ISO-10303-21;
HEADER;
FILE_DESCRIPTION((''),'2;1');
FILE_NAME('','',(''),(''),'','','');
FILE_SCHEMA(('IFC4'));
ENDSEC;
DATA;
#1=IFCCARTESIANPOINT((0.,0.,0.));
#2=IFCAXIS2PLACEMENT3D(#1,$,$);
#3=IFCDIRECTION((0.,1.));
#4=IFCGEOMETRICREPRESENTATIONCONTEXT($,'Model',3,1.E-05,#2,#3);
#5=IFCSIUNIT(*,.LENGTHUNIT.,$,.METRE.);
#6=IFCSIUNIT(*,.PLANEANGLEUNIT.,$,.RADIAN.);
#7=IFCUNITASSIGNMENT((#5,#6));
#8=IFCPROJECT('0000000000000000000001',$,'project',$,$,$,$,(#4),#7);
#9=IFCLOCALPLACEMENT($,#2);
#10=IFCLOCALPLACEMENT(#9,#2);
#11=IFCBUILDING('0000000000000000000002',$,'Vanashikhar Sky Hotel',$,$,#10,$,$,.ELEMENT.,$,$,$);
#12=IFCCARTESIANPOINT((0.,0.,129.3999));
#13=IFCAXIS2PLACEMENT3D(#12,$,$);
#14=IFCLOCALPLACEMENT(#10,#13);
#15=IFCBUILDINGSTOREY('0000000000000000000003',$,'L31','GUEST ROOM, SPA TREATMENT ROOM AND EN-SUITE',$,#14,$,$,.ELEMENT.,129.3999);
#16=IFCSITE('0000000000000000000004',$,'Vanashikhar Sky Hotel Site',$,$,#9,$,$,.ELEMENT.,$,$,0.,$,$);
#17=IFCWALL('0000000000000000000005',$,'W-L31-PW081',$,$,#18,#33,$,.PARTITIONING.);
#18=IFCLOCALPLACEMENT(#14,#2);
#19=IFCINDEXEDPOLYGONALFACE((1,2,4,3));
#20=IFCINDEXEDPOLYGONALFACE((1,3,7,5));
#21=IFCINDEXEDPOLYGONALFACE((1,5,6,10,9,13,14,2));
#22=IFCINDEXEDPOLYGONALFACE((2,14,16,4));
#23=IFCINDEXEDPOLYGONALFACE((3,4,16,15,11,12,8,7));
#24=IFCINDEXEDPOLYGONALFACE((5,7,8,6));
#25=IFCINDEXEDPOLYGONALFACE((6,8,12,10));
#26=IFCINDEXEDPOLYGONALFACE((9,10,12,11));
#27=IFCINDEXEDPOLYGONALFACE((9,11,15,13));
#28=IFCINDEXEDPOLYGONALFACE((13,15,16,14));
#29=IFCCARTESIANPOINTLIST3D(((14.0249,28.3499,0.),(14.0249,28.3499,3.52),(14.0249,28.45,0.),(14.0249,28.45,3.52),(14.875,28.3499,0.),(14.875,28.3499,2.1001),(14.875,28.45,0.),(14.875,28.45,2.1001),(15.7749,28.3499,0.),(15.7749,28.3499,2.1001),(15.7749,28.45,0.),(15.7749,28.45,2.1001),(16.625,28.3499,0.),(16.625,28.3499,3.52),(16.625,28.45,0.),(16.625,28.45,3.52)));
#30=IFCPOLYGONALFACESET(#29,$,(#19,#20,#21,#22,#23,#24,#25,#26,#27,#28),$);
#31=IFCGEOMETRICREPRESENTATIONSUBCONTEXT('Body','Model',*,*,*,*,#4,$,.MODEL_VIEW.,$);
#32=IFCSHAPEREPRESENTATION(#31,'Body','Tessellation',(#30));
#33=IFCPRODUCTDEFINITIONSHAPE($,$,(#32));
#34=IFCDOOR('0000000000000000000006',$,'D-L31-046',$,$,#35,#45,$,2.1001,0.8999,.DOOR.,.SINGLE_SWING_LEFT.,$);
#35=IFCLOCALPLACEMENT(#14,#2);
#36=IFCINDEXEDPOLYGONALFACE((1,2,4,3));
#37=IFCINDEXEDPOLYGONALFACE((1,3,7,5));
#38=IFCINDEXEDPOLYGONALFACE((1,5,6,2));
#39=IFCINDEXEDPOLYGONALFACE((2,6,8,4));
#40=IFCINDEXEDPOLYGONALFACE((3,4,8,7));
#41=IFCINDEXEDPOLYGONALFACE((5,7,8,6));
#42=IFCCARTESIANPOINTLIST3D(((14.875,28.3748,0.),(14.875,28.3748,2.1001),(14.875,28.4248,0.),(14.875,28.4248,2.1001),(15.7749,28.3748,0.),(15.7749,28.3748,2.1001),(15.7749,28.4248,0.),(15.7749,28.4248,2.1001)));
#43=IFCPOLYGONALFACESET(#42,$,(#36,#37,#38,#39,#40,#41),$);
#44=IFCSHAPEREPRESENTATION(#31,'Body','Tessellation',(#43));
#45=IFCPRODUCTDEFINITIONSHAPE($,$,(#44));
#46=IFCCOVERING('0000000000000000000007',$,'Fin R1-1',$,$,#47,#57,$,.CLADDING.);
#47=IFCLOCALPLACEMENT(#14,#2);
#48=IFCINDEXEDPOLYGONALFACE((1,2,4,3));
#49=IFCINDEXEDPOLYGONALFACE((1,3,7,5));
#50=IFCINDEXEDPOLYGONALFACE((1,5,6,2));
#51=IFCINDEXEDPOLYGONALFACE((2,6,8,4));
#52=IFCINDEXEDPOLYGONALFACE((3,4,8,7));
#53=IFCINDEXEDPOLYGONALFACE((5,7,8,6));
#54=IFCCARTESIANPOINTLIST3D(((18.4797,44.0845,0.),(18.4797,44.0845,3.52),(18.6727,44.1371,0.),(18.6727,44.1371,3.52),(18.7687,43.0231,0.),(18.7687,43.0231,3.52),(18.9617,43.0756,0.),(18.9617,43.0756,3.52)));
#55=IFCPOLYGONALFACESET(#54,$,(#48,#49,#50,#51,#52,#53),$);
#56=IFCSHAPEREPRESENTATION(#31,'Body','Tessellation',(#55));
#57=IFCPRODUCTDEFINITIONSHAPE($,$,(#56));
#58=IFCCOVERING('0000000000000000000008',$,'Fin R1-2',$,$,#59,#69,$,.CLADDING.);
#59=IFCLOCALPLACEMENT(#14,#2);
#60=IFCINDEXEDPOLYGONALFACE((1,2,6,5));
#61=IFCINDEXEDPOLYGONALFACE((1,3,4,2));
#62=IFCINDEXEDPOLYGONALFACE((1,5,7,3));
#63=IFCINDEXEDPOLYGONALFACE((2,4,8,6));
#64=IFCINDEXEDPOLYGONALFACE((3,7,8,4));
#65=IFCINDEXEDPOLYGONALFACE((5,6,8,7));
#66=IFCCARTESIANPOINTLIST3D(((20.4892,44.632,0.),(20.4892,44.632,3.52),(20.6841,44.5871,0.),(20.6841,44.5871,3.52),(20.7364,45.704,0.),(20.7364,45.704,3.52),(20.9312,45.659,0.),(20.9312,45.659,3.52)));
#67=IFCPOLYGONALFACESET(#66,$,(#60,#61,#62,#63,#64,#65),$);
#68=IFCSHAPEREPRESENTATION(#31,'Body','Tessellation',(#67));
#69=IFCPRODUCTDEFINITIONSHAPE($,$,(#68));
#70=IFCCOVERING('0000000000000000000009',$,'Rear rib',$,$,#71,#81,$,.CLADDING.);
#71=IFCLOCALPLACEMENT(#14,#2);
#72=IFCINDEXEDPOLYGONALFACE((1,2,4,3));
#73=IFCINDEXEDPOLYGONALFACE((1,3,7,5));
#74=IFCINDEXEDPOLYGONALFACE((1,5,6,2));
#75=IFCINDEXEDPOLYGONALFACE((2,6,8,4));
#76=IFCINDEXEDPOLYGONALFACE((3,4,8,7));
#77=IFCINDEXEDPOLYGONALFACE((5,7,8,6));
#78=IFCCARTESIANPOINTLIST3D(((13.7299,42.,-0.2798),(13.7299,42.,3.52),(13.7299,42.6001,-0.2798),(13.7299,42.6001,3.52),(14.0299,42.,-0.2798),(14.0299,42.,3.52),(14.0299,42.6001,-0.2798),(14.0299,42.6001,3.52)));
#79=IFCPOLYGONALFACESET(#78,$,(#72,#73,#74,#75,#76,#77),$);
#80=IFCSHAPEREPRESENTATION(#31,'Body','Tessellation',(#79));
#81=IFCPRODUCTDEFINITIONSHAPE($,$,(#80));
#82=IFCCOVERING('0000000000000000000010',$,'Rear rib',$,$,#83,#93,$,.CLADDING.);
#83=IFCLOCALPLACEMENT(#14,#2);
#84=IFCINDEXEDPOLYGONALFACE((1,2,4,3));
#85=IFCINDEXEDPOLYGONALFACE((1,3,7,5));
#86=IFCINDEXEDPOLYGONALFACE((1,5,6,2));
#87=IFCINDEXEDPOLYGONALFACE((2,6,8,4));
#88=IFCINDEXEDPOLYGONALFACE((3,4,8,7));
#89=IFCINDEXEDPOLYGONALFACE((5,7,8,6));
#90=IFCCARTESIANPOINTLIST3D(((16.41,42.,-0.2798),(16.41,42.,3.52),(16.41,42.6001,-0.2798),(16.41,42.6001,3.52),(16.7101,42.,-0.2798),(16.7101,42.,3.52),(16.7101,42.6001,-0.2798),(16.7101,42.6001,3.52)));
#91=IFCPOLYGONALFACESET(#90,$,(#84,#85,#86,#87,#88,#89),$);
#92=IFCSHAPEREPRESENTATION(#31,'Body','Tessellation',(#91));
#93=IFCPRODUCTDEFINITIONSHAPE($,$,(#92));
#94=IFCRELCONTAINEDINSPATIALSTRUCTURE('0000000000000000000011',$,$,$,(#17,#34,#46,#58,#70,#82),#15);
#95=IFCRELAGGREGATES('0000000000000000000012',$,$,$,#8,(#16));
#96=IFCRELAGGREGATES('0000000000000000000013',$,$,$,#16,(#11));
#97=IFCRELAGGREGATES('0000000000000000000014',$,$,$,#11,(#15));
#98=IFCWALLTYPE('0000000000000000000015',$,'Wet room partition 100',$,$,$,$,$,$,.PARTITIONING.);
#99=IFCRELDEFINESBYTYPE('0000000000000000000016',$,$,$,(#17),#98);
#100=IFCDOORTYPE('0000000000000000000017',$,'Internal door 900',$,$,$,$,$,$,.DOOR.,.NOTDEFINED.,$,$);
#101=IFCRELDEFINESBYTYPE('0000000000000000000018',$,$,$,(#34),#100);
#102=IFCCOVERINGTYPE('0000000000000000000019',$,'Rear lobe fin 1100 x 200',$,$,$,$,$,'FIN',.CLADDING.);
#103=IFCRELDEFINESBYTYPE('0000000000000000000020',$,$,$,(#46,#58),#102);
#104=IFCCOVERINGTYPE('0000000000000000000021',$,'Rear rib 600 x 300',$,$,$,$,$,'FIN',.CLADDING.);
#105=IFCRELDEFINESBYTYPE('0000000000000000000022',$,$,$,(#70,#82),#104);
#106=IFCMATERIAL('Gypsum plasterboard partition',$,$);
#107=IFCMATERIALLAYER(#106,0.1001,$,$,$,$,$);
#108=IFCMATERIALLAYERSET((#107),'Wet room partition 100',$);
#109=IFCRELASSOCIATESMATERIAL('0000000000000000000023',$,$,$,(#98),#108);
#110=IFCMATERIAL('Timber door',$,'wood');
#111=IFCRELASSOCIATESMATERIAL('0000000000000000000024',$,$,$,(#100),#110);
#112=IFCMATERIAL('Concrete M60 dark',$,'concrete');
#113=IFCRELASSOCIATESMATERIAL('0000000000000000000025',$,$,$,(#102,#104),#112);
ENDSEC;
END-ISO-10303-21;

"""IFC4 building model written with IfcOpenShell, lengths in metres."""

from ifc_helpers import new_model, si_unit, direction, frame, frame_2d, origin, origin_2d, place, context, subcontext, project, spatial, rectangle, extrude, source, transform, mapped, material, layer, layer_set, material_profile, profile_set, type_object, element, fill, save


model = new_model("IFC4")

# Units and contexts
model_context = context("Model", 3, precision=1e-05, world=origin(), true_north=direction((0.0, 1.0)))
body_context = subcontext(model_context, "Body", "Model", "MODEL_VIEW")
ifc_project = project(units=[si_unit("LENGTHUNIT", "METRE"), si_unit("PLANEANGLEUNIT", "RADIAN")], contexts=[model_context])

# Site, building, storey
site_placement = place(None, origin())
site = spatial("IfcSite", under=ifc_project, at=site_placement, Name="Vanashikhar Sky Hotel Site", CompositionType="ELEMENT", RefElevation=0.0)
building_placement = place(site_placement, origin())
building = spatial("IfcBuilding", under=site, at=building_placement, Name="Vanashikhar Sky Hotel", CompositionType="ELEMENT")
storey_placement = place(building_placement, frame((0.0, 0.0, 129.3999)))
storey = spatial("IfcBuildingStorey", under=building, at=storey_placement, Name="L31", Description="GUEST ROOM, SPA TREATMENT ROOM AND EN-SUITE", CompositionType="ELEMENT", Elevation=129.3999)

# Wall, opening, door
ifc_material_1 = material(Name="Gypsum plasterboard partition")
ifc_layer_1 = layer(ifc_material_1, 0.1001)
ifc_layer_set_1 = layer_set([ifc_layer_1], Name="Wet room partition 100")
wall_type_1 = type_object("IfcWallType", Name="Wet room partition 100", PredefinedType="PARTITIONING", material=ifc_layer_set_1)
shared_shape_1 = source(origin(), body_context, "Body", "SweptSolid", [
    extrude(rectangle(XDim=2.6001, YDim=0.1001, at=frame_2d((1.3, 0.0))), origin(), (0.0, 0.0, 1.0), 3.52),
])
wall_1_placement = place(storey_placement, frame((14.0249, 28.3999, 0.0), z_axis=(0.0, 0.0, 1.0), x_axis=(1.0, 0.0, 0.0)))
wall_1 = element("IfcWall", 1, at=wall_1_placement, inside=storey, type_object=wall_type_1, Name="W-L31-PW081", PredefinedType="PARTITIONING", context=body_context, shape_type="MappedRepresentation", body=[
    mapped(shared_shape_1, transform((0.0, 0.0, 0.0), scale=1.0)),
])
shared_shape_2 = source(origin(), body_context, "Body", "SweptSolid", [
    extrude(rectangle(XDim=0.8999, YDim=2.1001, at=frame_2d((0.45, 1.05))), frame((0.0, 0.0601, 0.0), z_axis=(0.0, -1.0, 0.0), x_axis=(1.0, 0.0, 0.0)), (0.0, 0.0, 1.0), 0.1201),
])
opening_1_placement = place(wall_1_placement, frame((0.8501, 0.0, 0.0)))
opening_1 = element("IfcOpeningElement", 2, at=opening_1_placement, cuts=wall_1, PredefinedType="OPENING", context=body_context, shape_type="MappedRepresentation", body=[
    mapped(shared_shape_2, transform((0.0, 0.0, 0.0), scale=1.0)),
])
ifc_material_2 = material(Name="Timber door", Category="wood")
door_type_1 = type_object("IfcDoorType", Name="Internal door 900", OperationType="NOTDEFINED", PredefinedType="DOOR", material=ifc_material_2)
shared_shape_3 = source(origin(), body_context, "Body", "SweptSolid", [
    extrude(rectangle(XDim=0.8999, YDim=2.1001, at=frame_2d((0.45, 1.05))), frame((0.0, 0.0249, 0.0), z_axis=(0.0, -1.0, 0.0), x_axis=(1.0, 0.0, 0.0)), (0.0, 0.0, 1.0), 0.05),
])
door_1_placement = place(opening_1_placement, origin())
door_1 = element("IfcDoor", 3, at=door_1_placement, inside=storey, type_object=door_type_1, Name="D-L31-046", OperationType="SINGLE_SWING_LEFT", OverallHeight=2.1001, OverallWidth=0.8999, PredefinedType="DOOR", context=body_context, shape_type="MappedRepresentation", body=[
    mapped(shared_shape_3, transform((0.0, 0.0, 0.0), scale=1.0)),
])
fill(opening_1, door_1)

# Coverings
ifc_material_3 = material(Name="Concrete M60 dark", Category="concrete")
ifc_material_profile_1 = material_profile(ifc_material_3, rectangle(XDim=1.1001, YDim=0.2, at=origin_2d()))
ifc_profile_set_1 = profile_set([ifc_material_profile_1], Name="Rear lobe fin 1100 x 200")
covering_type_1 = type_object("IfcCoveringType", Name="Rear lobe fin 1100 x 200", ElementType="FIN", PredefinedType="CLADDING", material=ifc_profile_set_1)
shared_shape_4 = source(origin(), body_context, "Body", "SweptSolid", [
    extrude(rectangle(XDim=1.1001, YDim=0.2, at=origin_2d()), origin(), (0.0, 0.0, 1.0), 3.52),
])
for number, where, z_axis, x_axis, name in (
    (4, (18.7207, 43.5801, 0.0), (0.0, 0.0, 1.0), (-0.262711, 0.964874, 0.0), "Fin R1-1"),
    (5, (20.7102, 45.1455, 0.0), (0.0, 0.0, 1.0), (0.224645, 0.974441, 0.0), "Fin R1-2"),
):
    element("IfcCovering", number, at=place(storey_placement, frame(where, z_axis=z_axis, x_axis=x_axis)), inside=storey, type_object=covering_type_1, Name=name, PredefinedType="CLADDING", context=body_context, shape_type="MappedRepresentation", body=[
        mapped(shared_shape_4, transform((0.0, 0.0, 0.0), scale=1.0)),
    ])
ifc_material_profile_2 = material_profile(ifc_material_3, rectangle(XDim=0.6001, YDim=0.3, at=origin_2d()))
ifc_profile_set_2 = profile_set([ifc_material_profile_2], Name="Rear rib 600 x 300")
covering_type_2 = type_object("IfcCoveringType", Name="Rear rib 600 x 300", ElementType="FIN", PredefinedType="CLADDING", material=ifc_profile_set_2)
shared_shape_5 = source(origin(), body_context, "Body", "SweptSolid", [
    extrude(rectangle(XDim=0.6001, YDim=0.3, at=origin_2d()), origin(), (0.0, 0.0, 1.0), 3.7998),
])
for number, where, z_axis, x_axis, name in (
    (6, (13.8799, 42.3, -0.2798), (0.0, 0.0, 1.0), (0.0, 1.0, 0.0), "Rear rib"),
    (7, (16.5601, 42.3, -0.2798), (0.0, 0.0, 1.0), (0.0, 1.0, 0.0), "Rear rib"),
):
    element("IfcCovering", number, at=place(storey_placement, frame(where, z_axis=z_axis, x_axis=x_axis)), inside=storey, type_object=covering_type_2, Name=name, PredefinedType="CLADDING", context=body_context, shape_type="MappedRepresentation", body=[
        mapped(shared_shape_5, transform((0.0, 0.0, 0.0), scale=1.0)),
    ])

save(model, "model.ifc")
